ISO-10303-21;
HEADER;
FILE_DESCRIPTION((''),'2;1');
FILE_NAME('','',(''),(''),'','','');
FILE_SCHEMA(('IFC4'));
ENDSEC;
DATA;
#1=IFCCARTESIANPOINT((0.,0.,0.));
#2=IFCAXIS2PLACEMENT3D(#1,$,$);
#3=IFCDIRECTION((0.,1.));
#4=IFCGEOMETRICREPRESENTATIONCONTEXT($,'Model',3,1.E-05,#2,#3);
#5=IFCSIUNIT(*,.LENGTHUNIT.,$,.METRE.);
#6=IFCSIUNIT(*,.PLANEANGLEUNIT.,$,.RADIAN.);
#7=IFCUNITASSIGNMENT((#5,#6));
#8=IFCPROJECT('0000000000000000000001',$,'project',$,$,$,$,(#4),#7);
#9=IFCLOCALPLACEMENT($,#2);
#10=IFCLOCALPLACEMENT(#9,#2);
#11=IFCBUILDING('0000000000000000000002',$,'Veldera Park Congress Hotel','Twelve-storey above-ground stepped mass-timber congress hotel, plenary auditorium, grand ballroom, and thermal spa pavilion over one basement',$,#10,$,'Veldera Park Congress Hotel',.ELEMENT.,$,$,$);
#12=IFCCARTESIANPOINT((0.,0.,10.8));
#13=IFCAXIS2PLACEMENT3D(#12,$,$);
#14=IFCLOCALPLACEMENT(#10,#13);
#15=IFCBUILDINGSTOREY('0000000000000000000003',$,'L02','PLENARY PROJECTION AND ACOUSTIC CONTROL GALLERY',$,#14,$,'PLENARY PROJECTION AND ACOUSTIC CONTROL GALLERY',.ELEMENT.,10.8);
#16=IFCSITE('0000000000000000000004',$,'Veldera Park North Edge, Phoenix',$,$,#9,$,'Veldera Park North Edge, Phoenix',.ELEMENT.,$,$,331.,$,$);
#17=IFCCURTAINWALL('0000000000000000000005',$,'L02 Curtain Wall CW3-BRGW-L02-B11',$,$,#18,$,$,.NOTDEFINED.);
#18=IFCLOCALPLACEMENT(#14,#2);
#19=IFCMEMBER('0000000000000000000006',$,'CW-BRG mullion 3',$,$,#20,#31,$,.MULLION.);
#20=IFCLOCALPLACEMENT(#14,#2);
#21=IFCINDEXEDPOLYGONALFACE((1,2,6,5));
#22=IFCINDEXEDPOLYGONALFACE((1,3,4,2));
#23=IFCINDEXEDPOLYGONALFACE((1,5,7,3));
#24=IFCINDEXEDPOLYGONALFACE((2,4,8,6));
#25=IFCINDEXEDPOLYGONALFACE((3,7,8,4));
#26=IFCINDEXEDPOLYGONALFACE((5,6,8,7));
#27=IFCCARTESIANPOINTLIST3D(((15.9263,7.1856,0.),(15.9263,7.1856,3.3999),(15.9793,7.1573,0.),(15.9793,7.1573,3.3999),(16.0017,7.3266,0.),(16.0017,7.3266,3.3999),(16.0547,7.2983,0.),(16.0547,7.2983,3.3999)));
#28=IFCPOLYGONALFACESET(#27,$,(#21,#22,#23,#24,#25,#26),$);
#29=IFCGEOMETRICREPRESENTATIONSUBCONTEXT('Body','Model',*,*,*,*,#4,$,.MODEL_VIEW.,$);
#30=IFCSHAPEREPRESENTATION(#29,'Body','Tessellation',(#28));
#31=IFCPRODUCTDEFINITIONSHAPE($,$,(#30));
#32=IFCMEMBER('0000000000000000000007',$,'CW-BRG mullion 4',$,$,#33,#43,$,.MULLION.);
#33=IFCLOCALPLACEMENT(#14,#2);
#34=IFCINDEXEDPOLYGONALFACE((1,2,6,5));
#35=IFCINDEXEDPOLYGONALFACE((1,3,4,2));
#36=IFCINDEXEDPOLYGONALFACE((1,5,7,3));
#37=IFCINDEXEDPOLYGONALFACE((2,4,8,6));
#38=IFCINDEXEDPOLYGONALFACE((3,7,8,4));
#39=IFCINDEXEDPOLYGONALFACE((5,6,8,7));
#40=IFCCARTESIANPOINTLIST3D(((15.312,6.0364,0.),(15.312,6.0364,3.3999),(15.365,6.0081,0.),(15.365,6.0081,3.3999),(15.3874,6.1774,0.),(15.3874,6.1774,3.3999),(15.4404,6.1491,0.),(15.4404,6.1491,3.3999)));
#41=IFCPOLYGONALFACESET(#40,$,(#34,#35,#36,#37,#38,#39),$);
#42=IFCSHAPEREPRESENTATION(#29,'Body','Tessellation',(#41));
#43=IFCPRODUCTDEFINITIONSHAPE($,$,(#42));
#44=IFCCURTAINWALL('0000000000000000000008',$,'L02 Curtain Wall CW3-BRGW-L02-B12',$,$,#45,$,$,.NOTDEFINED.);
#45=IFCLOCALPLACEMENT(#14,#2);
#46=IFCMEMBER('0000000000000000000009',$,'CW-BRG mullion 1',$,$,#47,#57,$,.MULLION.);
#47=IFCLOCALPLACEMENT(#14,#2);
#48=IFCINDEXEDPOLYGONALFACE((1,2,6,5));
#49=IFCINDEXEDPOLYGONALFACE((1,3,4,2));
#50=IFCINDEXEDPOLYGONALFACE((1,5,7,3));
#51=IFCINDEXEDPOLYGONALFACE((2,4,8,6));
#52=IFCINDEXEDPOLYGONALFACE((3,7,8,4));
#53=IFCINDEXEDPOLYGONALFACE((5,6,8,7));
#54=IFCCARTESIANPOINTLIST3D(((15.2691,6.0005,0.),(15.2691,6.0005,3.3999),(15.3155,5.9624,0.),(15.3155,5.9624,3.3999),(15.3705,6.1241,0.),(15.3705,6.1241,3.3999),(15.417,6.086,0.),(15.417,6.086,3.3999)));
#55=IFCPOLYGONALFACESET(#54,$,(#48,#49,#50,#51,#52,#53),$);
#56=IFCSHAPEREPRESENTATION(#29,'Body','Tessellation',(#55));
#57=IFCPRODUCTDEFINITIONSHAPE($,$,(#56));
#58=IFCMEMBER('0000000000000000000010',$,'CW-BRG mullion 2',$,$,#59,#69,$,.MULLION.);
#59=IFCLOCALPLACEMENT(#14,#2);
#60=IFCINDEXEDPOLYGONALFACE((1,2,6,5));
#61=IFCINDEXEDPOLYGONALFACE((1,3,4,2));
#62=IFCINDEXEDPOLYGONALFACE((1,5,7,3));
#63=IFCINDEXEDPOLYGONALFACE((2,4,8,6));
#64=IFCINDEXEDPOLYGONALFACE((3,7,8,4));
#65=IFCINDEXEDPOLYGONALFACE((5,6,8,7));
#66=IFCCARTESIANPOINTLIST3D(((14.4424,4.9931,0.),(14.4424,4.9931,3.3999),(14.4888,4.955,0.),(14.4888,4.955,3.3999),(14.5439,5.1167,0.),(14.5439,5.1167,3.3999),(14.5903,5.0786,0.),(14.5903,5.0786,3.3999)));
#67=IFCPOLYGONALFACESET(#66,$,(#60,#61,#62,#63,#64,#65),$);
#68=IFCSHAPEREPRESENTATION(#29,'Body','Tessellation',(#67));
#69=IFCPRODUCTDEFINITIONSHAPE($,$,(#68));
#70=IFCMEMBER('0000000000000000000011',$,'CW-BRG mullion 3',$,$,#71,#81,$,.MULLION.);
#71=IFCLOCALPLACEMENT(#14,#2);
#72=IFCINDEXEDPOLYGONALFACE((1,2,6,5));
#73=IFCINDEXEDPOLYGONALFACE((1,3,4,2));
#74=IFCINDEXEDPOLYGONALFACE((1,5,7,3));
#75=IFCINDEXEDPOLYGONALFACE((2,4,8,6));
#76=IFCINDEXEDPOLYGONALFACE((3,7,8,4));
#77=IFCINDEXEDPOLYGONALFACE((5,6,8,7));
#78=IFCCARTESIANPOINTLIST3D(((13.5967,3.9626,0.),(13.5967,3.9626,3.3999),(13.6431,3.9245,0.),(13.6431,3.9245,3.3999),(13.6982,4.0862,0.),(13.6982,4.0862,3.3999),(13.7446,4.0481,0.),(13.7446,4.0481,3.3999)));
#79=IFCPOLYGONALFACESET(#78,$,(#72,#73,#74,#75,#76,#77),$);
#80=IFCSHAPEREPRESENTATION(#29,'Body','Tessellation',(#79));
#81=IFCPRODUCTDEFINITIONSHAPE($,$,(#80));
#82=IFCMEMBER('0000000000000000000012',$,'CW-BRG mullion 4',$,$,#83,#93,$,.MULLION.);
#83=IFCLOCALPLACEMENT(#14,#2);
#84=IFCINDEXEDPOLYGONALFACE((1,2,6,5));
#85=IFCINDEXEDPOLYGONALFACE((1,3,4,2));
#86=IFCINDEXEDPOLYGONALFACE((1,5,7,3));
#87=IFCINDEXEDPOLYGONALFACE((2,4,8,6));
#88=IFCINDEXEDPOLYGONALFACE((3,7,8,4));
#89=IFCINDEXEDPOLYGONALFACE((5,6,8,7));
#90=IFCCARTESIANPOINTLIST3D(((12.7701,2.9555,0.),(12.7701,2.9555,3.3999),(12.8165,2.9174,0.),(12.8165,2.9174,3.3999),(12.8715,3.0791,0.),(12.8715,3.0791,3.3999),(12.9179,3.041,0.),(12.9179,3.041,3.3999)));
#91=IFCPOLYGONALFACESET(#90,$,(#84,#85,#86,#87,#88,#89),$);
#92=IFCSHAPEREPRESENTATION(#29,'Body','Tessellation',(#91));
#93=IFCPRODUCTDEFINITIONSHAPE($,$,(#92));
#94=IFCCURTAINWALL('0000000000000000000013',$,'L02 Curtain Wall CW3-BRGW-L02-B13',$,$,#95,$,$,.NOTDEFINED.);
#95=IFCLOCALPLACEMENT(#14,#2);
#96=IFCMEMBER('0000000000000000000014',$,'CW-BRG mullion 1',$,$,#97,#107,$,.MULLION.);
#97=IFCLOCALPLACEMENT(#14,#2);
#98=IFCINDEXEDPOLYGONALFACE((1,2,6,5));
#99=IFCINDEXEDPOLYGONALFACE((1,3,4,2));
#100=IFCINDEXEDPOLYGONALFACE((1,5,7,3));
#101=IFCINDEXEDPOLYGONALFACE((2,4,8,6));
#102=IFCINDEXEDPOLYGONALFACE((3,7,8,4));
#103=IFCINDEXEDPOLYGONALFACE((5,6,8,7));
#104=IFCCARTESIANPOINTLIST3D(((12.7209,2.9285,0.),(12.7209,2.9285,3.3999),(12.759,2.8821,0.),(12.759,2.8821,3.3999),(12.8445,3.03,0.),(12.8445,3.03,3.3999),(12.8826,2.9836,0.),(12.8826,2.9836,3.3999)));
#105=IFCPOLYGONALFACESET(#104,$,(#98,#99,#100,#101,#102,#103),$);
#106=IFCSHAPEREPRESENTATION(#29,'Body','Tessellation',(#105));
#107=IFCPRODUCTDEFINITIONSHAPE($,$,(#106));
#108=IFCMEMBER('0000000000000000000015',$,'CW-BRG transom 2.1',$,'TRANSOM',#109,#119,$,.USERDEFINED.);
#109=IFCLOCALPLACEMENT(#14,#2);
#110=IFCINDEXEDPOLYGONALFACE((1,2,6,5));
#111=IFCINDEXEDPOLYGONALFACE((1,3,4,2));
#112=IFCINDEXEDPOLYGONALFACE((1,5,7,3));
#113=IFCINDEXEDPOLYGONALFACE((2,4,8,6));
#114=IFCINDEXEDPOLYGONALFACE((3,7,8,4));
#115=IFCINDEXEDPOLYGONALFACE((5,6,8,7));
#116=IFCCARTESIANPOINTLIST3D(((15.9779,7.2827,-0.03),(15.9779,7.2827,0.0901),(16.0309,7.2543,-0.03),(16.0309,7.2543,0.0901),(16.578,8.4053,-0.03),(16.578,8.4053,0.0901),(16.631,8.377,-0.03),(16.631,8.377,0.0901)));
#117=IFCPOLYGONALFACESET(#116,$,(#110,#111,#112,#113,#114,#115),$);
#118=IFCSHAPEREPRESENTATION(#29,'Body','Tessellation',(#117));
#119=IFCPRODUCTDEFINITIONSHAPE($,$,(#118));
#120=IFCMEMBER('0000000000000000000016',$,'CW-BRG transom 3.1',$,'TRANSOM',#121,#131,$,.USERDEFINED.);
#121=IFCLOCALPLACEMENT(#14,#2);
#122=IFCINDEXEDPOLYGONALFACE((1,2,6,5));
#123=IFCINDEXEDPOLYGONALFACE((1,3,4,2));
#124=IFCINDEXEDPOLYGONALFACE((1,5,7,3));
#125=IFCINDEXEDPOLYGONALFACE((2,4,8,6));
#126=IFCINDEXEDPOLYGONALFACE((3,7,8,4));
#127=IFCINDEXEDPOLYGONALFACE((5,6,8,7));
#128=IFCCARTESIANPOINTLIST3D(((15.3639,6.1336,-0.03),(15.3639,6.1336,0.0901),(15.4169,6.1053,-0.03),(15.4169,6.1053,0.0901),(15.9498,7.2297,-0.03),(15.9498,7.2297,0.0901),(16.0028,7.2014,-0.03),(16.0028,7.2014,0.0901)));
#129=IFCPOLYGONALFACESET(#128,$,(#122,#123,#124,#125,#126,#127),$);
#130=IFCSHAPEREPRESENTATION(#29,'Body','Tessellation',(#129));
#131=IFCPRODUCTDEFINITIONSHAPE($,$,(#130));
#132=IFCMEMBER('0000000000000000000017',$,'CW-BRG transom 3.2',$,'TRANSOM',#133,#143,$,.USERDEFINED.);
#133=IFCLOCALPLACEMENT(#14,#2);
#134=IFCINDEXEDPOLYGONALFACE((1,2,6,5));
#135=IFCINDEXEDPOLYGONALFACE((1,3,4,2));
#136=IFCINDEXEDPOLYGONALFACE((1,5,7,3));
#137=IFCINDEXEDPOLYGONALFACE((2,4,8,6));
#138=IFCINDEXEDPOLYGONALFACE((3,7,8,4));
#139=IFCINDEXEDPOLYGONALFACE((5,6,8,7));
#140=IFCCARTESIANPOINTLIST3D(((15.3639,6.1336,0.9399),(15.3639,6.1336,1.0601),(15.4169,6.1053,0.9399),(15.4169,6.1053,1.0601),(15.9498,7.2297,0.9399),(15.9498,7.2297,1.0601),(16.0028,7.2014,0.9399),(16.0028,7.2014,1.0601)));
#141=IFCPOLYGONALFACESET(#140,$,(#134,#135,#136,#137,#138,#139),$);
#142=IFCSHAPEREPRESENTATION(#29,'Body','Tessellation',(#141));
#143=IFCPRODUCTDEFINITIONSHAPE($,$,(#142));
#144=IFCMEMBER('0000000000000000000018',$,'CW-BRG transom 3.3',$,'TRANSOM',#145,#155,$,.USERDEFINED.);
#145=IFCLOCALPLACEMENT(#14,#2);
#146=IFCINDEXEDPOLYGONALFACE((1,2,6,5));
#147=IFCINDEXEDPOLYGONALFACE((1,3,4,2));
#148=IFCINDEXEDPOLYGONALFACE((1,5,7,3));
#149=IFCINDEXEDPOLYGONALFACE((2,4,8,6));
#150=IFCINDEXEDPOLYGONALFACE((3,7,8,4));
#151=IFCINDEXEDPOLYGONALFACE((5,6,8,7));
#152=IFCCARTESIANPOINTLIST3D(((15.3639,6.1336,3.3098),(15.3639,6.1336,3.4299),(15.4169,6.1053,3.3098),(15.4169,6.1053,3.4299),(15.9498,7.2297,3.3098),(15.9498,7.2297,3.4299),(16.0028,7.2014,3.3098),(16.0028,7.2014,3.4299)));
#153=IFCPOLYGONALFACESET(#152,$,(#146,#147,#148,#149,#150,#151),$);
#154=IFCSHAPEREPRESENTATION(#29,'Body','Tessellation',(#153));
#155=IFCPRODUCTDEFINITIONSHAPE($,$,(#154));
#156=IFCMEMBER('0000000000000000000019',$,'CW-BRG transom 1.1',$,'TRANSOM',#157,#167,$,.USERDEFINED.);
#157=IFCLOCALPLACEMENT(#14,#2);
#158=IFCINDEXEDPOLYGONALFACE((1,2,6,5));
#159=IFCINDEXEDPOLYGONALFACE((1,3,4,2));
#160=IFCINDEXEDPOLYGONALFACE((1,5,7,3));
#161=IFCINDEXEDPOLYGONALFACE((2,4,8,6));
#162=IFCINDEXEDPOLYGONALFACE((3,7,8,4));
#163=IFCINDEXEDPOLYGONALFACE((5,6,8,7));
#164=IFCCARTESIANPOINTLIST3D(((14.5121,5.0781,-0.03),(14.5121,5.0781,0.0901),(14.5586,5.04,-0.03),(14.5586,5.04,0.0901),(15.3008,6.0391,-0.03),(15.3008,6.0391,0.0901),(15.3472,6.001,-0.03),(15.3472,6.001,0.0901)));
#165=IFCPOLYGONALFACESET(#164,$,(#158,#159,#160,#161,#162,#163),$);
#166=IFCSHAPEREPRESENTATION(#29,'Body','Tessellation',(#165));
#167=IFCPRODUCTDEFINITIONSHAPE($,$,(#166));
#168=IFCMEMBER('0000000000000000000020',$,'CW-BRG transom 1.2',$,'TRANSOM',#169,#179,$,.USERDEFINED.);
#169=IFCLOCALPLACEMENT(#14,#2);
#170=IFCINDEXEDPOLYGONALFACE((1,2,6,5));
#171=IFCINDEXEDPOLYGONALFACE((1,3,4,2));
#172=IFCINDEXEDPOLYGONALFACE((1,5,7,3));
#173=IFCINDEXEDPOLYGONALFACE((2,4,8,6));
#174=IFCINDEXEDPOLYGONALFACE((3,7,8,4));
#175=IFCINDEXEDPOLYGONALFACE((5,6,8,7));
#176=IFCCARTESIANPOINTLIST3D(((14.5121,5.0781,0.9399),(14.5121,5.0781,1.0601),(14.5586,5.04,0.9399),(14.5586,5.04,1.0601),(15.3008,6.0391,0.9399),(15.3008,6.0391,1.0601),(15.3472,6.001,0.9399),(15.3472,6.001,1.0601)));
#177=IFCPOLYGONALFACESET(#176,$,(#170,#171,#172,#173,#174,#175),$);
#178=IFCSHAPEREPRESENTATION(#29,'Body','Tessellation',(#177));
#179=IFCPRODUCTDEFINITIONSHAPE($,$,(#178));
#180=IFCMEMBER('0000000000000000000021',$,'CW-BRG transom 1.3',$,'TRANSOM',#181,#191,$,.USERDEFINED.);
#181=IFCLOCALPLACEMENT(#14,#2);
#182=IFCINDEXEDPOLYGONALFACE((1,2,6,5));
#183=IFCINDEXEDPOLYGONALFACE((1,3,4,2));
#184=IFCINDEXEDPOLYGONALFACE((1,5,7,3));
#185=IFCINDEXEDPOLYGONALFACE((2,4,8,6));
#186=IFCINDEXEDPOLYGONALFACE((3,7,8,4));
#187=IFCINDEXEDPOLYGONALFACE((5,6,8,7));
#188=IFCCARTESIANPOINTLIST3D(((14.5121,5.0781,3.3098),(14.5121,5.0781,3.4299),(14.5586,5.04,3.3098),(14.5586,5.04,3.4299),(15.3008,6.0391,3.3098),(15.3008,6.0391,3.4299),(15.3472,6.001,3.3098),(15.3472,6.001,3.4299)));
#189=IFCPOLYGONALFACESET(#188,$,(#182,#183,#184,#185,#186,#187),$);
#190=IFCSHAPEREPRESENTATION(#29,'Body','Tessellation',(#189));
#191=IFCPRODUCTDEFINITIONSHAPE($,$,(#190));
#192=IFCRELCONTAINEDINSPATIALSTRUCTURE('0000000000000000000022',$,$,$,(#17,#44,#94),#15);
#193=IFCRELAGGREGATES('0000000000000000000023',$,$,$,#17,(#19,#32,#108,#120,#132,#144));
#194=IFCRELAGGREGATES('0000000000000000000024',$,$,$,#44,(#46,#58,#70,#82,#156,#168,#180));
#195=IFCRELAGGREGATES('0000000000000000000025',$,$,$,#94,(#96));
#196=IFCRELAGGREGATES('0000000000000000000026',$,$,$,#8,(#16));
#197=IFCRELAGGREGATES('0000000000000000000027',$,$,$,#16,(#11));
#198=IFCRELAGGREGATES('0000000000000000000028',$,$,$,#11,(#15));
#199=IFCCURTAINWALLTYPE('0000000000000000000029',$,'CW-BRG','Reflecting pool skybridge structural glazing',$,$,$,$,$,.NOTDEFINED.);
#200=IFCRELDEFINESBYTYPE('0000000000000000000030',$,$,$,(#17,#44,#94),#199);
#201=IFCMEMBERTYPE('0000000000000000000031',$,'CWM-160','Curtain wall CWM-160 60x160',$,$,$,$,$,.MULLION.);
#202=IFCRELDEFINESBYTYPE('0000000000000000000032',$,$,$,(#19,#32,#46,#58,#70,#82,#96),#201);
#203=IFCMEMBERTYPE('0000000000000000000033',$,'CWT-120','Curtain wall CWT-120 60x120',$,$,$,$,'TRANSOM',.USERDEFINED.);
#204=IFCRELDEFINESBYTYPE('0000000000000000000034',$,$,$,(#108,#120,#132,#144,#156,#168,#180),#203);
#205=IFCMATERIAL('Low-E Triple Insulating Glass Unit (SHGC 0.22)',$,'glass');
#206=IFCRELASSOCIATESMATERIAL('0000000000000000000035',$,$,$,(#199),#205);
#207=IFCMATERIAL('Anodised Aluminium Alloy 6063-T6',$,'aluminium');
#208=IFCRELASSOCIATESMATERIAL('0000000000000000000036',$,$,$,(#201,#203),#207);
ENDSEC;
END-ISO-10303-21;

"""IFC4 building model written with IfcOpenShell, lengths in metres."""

from ifc_helpers import new_model, si_unit, direction, frame, origin, origin_2d, place, context, subcontext, project, spatial, rectangle, extrude, material, material_profile, profile_set, type_object, element, aggregate, save


model = new_model("IFC4")

# Units and contexts
model_context = context("Model", 3, precision=1e-05, world=origin(), true_north=direction((0.0, 1.0)))
body_context = subcontext(model_context, "Body", "Model", "MODEL_VIEW")
ifc_project = project(units=[si_unit("LENGTHUNIT", "METRE"), si_unit("PLANEANGLEUNIT", "RADIAN")], contexts=[model_context])

# Site, building, storey
site_placement = place(None, origin())
site = spatial("IfcSite", under=ifc_project, at=site_placement, Name="Veldera Park North Edge, Phoenix", LongName="Veldera Park North Edge, Phoenix", CompositionType="ELEMENT", RefElevation=331.0)
building_placement = place(site_placement, origin())
building = spatial("IfcBuilding", under=site, at=building_placement, Name="Veldera Park Congress Hotel", Description="Twelve-storey above-ground stepped mass-timber congress hotel, plenary auditorium, grand ballroom, and thermal spa pavilion over one basement", LongName="Veldera Park Congress Hotel", CompositionType="ELEMENT")
storey_placement = place(building_placement, frame((0.0, 0.0, 10.8)))
storey = spatial("IfcBuildingStorey", under=building, at=storey_placement, Name="L02", Description="PLENARY PROJECTION AND ACOUSTIC CONTROL GALLERY", LongName="PLENARY PROJECTION AND ACOUSTIC CONTROL GALLERY", CompositionType="ELEMENT", Elevation=10.8)

# Curtain walls, members
ifc_material_1 = material(Name="Low-E Triple Insulating Glass Unit (SHGC 0.22)", Category="glass")
curtain_wall_type_1 = type_object("IfcCurtainWallType", Name="CW-BRG", Description="Reflecting pool skybridge structural glazing", PredefinedType="NOTDEFINED", material=ifc_material_1)
curtain_wall_1_placement = place(storey_placement, origin())
curtain_wall_1 = element("IfcCurtainWall", 1, at=curtain_wall_1_placement, inside=storey, type_object=curtain_wall_type_1, Name="L02 Curtain Wall CW3-BRGW-L02-B11", PredefinedType="NOTDEFINED")
ifc_material_2 = material(Name="Anodised Aluminium Alloy 6063-T6", Category="aluminium")
ifc_material_profile_1 = material_profile(ifc_material_2, rectangle(XDim=0.0601, YDim=0.1599, at=origin_2d()), Name="ALU 60x160")
ifc_profile_set_1 = profile_set([ifc_material_profile_1], Name="Anodised Aluminium Alloy 6063-T6")
member_type_1 = type_object("IfcMemberType", Name="CWM-160", Description="Curtain wall CWM-160 60x160", PredefinedType="MULLION", material=ifc_profile_set_1)
member_1_placement = place(storey_placement, frame((15.9905, 7.2419, 0.0), z_axis=(0.0, 0.0, 1.0), x_axis=(0.881928, -0.471384, 0.0)))
member_1 = element("IfcMember", 2, at=member_1_placement, type_object=member_type_1, Name="CW-BRG mullion 3", PredefinedType="MULLION", context=body_context, shape_type="SweptSolid", body=[
    extrude(rectangle(XDim=0.0601, YDim=0.1599, at=origin_2d()), origin(), (0.0, 0.0, 1.0), 3.3999),
])
member_2_placement = place(storey_placement, frame((15.3762, 6.0928, 0.0), z_axis=(0.0, 0.0, 1.0), x_axis=(0.881928, -0.471384, 0.0)))
member_2 = element("IfcMember", 3, at=member_2_placement, type_object=member_type_1, Name="CW-BRG mullion 4", PredefinedType="MULLION", context=body_context, shape_type="SweptSolid", body=[
    extrude(rectangle(XDim=0.0601, YDim=0.1599, at=origin_2d()), origin(), (0.0, 0.0, 1.0), 3.3999),
])
curtain_wall_2_placement = place(storey_placement, origin())
curtain_wall_2 = element("IfcCurtainWall", 4, at=curtain_wall_2_placement, inside=storey, type_object=curtain_wall_type_1, Name="L02 Curtain Wall CW3-BRGW-L02-B12", PredefinedType="NOTDEFINED")
member_3_placement = place(storey_placement, frame((15.343, 6.0432, 0.0), z_axis=(0.0, 0.0, 1.0), x_axis=(0.773016, -0.634386, 0.0)))
member_3 = element("IfcMember", 5, at=member_3_placement, type_object=member_type_1, Name="CW-BRG mullion 1", PredefinedType="MULLION", context=body_context, shape_type="SweptSolid", body=[
    extrude(rectangle(XDim=0.0601, YDim=0.1599, at=origin_2d()), origin(), (0.0, 0.0, 1.0), 3.3999),
])
member_4_placement = place(storey_placement, frame((14.5164, 5.0359, 0.0), z_axis=(0.0, 0.0, 1.0), x_axis=(0.773016, -0.634386, 0.0)))
member_4 = element("IfcMember", 6, at=member_4_placement, type_object=member_type_1, Name="CW-BRG mullion 2", PredefinedType="MULLION", context=body_context, shape_type="SweptSolid", body=[
    extrude(rectangle(XDim=0.0601, YDim=0.1599, at=origin_2d()), origin(), (0.0, 0.0, 1.0), 3.3999),
])
member_5_placement = place(storey_placement, frame((13.6707, 4.0054, 0.0), z_axis=(0.0, 0.0, 1.0), x_axis=(0.773016, -0.634386, 0.0)))
member_5 = element("IfcMember", 7, at=member_5_placement, type_object=member_type_1, Name="CW-BRG mullion 3", PredefinedType="MULLION", context=body_context, shape_type="SweptSolid", body=[
    extrude(rectangle(XDim=0.0601, YDim=0.1599, at=origin_2d()), origin(), (0.0, 0.0, 1.0), 3.3999),
])
member_6_placement = place(storey_placement, frame((12.844, 2.9983, 0.0), z_axis=(0.0, 0.0, 1.0), x_axis=(0.773016, -0.634386, 0.0)))
member_6 = element("IfcMember", 8, at=member_6_placement, type_object=member_type_1, Name="CW-BRG mullion 4", PredefinedType="MULLION", context=body_context, shape_type="SweptSolid", body=[
    extrude(rectangle(XDim=0.0601, YDim=0.1599, at=origin_2d()), origin(), (0.0, 0.0, 1.0), 3.3999),
])

# Curtain wall, member
curtain_wall_3_placement = place(storey_placement, origin())
curtain_wall_3 = element("IfcCurtainWall", 9, at=curtain_wall_3_placement, inside=storey, type_object=curtain_wall_type_1, Name="L02 Curtain Wall CW3-BRGW-L02-B13", PredefinedType="NOTDEFINED")
member_7_placement = place(storey_placement, frame((12.8018, 2.9561, 0.0), z_axis=(0.0, 0.0, 1.0), x_axis=(0.634386, -0.773016, 0.0)))
member_7 = element("IfcMember", 10, at=member_7_placement, type_object=member_type_1, Name="CW-BRG mullion 1", PredefinedType="MULLION", context=body_context, shape_type="SweptSolid", body=[
    extrude(rectangle(XDim=0.0601, YDim=0.1599, at=origin_2d()), origin(), (0.0, 0.0, 1.0), 3.3999),
])

# Members
ifc_material_profile_2 = material_profile(ifc_material_2, rectangle(XDim=0.0601, YDim=0.1201, at=origin_2d()), Name="ALU 60x120")
ifc_profile_set_2 = profile_set([ifc_material_profile_2], Name="Anodised Aluminium Alloy 6063-T6")
member_type_2 = type_object("IfcMemberType", Name="CWT-120", Description="Curtain wall CWT-120 60x120", ElementType="TRANSOM", PredefinedType="USERDEFINED", material=ifc_profile_set_2)
member_8_placement = place(storey_placement, frame((16.6045, 8.3911, 0.03), z_axis=(-0.471444, -0.881896, 0.0), x_axis=(0.881896, -0.471444, 0.0)))
member_8 = element("IfcMember", 11, at=member_8_placement, type_object=member_type_2, Name="CW-BRG transom 2.1", ObjectType="TRANSOM", PredefinedType="USERDEFINED", context=body_context, shape_type="SweptSolid", body=[
    extrude(rectangle(XDim=0.0601, YDim=0.1201, at=origin_2d()), origin(), (0.0, 0.0, 1.0), 1.2729),
])
member_9_placement = place(storey_placement, frame((15.9763, 7.2156, 0.03), z_axis=(-0.471404, -0.881918, 0.0), x_axis=(0.881918, -0.471404, 0.0)))
member_9 = element("IfcMember", 12, at=member_9_placement, type_object=member_type_2, Name="CW-BRG transom 3.1", ObjectType="TRANSOM", PredefinedType="USERDEFINED", context=body_context, shape_type="SweptSolid", body=[
    extrude(rectangle(XDim=0.0601, YDim=0.1201, at=origin_2d()), origin(), (0.0, 0.0, 1.0), 1.2429),
])
member_10_placement = place(storey_placement, frame((15.9763, 7.2156, 1.0), z_axis=(-0.471404, -0.881918, 0.0), x_axis=(0.881918, -0.471404, 0.0)))
member_10 = element("IfcMember", 13, at=member_10_placement, type_object=member_type_2, Name="CW-BRG transom 3.2", ObjectType="TRANSOM", PredefinedType="USERDEFINED", context=body_context, shape_type="SweptSolid", body=[
    extrude(rectangle(XDim=0.0601, YDim=0.1201, at=origin_2d()), origin(), (0.0, 0.0, 1.0), 1.2429),
])
member_11_placement = place(storey_placement, frame((15.9763, 7.2156, 3.3699), z_axis=(-0.471404, -0.881918, 0.0), x_axis=(0.881918, -0.471404, 0.0)))
member_11 = element("IfcMember", 14, at=member_11_placement, type_object=member_type_2, Name="CW-BRG transom 3.3", ObjectType="TRANSOM", PredefinedType="USERDEFINED", context=body_context, shape_type="SweptSolid", body=[
    extrude(rectangle(XDim=0.0601, YDim=0.1201, at=origin_2d()), origin(), (0.0, 0.0, 1.0), 1.2429),
])
member_12_placement = place(storey_placement, frame((15.324, 6.02, 0.03), z_axis=(-0.634371, -0.773029, 0.0), x_axis=(0.773029, -0.634371, 0.0)))
member_12 = element("IfcMember", 15, at=member_12_placement, type_object=member_type_2, Name="CW-BRG transom 1.1", ObjectType="TRANSOM", PredefinedType="USERDEFINED", context=body_context, shape_type="SweptSolid", body=[
    extrude(rectangle(XDim=0.0601, YDim=0.1201, at=origin_2d()), origin(), (0.0, 0.0, 1.0), 1.2432),
])
member_13_placement = place(storey_placement, frame((15.324, 6.02, 1.0), z_axis=(-0.634371, -0.773029, 0.0), x_axis=(0.773029, -0.634371, 0.0)))
member_13 = element("IfcMember", 16, at=member_13_placement, type_object=member_type_2, Name="CW-BRG transom 1.2", ObjectType="TRANSOM", PredefinedType="USERDEFINED", context=body_context, shape_type="SweptSolid", body=[
    extrude(rectangle(XDim=0.0601, YDim=0.1201, at=origin_2d()), origin(), (0.0, 0.0, 1.0), 1.2432),
])
member_14_placement = place(storey_placement, frame((15.324, 6.02, 3.3699), z_axis=(-0.634371, -0.773029, 0.0), x_axis=(0.773029, -0.634371, 0.0)))
member_14 = element("IfcMember", 17, at=member_14_placement, type_object=member_type_2, Name="CW-BRG transom 1.3", ObjectType="TRANSOM", PredefinedType="USERDEFINED", context=body_context, shape_type="SweptSolid", body=[
    extrude(rectangle(XDim=0.0601, YDim=0.1201, at=origin_2d()), origin(), (0.0, 0.0, 1.0), 1.2432),
])

aggregate(curtain_wall_1, [member_1, member_2, member_8, member_9, member_10, member_11])
aggregate(curtain_wall_2, [member_3, member_4, member_5, member_6, member_12, member_13, member_14])
aggregate(curtain_wall_3, [member_7])

save(model, "model.ifc")
